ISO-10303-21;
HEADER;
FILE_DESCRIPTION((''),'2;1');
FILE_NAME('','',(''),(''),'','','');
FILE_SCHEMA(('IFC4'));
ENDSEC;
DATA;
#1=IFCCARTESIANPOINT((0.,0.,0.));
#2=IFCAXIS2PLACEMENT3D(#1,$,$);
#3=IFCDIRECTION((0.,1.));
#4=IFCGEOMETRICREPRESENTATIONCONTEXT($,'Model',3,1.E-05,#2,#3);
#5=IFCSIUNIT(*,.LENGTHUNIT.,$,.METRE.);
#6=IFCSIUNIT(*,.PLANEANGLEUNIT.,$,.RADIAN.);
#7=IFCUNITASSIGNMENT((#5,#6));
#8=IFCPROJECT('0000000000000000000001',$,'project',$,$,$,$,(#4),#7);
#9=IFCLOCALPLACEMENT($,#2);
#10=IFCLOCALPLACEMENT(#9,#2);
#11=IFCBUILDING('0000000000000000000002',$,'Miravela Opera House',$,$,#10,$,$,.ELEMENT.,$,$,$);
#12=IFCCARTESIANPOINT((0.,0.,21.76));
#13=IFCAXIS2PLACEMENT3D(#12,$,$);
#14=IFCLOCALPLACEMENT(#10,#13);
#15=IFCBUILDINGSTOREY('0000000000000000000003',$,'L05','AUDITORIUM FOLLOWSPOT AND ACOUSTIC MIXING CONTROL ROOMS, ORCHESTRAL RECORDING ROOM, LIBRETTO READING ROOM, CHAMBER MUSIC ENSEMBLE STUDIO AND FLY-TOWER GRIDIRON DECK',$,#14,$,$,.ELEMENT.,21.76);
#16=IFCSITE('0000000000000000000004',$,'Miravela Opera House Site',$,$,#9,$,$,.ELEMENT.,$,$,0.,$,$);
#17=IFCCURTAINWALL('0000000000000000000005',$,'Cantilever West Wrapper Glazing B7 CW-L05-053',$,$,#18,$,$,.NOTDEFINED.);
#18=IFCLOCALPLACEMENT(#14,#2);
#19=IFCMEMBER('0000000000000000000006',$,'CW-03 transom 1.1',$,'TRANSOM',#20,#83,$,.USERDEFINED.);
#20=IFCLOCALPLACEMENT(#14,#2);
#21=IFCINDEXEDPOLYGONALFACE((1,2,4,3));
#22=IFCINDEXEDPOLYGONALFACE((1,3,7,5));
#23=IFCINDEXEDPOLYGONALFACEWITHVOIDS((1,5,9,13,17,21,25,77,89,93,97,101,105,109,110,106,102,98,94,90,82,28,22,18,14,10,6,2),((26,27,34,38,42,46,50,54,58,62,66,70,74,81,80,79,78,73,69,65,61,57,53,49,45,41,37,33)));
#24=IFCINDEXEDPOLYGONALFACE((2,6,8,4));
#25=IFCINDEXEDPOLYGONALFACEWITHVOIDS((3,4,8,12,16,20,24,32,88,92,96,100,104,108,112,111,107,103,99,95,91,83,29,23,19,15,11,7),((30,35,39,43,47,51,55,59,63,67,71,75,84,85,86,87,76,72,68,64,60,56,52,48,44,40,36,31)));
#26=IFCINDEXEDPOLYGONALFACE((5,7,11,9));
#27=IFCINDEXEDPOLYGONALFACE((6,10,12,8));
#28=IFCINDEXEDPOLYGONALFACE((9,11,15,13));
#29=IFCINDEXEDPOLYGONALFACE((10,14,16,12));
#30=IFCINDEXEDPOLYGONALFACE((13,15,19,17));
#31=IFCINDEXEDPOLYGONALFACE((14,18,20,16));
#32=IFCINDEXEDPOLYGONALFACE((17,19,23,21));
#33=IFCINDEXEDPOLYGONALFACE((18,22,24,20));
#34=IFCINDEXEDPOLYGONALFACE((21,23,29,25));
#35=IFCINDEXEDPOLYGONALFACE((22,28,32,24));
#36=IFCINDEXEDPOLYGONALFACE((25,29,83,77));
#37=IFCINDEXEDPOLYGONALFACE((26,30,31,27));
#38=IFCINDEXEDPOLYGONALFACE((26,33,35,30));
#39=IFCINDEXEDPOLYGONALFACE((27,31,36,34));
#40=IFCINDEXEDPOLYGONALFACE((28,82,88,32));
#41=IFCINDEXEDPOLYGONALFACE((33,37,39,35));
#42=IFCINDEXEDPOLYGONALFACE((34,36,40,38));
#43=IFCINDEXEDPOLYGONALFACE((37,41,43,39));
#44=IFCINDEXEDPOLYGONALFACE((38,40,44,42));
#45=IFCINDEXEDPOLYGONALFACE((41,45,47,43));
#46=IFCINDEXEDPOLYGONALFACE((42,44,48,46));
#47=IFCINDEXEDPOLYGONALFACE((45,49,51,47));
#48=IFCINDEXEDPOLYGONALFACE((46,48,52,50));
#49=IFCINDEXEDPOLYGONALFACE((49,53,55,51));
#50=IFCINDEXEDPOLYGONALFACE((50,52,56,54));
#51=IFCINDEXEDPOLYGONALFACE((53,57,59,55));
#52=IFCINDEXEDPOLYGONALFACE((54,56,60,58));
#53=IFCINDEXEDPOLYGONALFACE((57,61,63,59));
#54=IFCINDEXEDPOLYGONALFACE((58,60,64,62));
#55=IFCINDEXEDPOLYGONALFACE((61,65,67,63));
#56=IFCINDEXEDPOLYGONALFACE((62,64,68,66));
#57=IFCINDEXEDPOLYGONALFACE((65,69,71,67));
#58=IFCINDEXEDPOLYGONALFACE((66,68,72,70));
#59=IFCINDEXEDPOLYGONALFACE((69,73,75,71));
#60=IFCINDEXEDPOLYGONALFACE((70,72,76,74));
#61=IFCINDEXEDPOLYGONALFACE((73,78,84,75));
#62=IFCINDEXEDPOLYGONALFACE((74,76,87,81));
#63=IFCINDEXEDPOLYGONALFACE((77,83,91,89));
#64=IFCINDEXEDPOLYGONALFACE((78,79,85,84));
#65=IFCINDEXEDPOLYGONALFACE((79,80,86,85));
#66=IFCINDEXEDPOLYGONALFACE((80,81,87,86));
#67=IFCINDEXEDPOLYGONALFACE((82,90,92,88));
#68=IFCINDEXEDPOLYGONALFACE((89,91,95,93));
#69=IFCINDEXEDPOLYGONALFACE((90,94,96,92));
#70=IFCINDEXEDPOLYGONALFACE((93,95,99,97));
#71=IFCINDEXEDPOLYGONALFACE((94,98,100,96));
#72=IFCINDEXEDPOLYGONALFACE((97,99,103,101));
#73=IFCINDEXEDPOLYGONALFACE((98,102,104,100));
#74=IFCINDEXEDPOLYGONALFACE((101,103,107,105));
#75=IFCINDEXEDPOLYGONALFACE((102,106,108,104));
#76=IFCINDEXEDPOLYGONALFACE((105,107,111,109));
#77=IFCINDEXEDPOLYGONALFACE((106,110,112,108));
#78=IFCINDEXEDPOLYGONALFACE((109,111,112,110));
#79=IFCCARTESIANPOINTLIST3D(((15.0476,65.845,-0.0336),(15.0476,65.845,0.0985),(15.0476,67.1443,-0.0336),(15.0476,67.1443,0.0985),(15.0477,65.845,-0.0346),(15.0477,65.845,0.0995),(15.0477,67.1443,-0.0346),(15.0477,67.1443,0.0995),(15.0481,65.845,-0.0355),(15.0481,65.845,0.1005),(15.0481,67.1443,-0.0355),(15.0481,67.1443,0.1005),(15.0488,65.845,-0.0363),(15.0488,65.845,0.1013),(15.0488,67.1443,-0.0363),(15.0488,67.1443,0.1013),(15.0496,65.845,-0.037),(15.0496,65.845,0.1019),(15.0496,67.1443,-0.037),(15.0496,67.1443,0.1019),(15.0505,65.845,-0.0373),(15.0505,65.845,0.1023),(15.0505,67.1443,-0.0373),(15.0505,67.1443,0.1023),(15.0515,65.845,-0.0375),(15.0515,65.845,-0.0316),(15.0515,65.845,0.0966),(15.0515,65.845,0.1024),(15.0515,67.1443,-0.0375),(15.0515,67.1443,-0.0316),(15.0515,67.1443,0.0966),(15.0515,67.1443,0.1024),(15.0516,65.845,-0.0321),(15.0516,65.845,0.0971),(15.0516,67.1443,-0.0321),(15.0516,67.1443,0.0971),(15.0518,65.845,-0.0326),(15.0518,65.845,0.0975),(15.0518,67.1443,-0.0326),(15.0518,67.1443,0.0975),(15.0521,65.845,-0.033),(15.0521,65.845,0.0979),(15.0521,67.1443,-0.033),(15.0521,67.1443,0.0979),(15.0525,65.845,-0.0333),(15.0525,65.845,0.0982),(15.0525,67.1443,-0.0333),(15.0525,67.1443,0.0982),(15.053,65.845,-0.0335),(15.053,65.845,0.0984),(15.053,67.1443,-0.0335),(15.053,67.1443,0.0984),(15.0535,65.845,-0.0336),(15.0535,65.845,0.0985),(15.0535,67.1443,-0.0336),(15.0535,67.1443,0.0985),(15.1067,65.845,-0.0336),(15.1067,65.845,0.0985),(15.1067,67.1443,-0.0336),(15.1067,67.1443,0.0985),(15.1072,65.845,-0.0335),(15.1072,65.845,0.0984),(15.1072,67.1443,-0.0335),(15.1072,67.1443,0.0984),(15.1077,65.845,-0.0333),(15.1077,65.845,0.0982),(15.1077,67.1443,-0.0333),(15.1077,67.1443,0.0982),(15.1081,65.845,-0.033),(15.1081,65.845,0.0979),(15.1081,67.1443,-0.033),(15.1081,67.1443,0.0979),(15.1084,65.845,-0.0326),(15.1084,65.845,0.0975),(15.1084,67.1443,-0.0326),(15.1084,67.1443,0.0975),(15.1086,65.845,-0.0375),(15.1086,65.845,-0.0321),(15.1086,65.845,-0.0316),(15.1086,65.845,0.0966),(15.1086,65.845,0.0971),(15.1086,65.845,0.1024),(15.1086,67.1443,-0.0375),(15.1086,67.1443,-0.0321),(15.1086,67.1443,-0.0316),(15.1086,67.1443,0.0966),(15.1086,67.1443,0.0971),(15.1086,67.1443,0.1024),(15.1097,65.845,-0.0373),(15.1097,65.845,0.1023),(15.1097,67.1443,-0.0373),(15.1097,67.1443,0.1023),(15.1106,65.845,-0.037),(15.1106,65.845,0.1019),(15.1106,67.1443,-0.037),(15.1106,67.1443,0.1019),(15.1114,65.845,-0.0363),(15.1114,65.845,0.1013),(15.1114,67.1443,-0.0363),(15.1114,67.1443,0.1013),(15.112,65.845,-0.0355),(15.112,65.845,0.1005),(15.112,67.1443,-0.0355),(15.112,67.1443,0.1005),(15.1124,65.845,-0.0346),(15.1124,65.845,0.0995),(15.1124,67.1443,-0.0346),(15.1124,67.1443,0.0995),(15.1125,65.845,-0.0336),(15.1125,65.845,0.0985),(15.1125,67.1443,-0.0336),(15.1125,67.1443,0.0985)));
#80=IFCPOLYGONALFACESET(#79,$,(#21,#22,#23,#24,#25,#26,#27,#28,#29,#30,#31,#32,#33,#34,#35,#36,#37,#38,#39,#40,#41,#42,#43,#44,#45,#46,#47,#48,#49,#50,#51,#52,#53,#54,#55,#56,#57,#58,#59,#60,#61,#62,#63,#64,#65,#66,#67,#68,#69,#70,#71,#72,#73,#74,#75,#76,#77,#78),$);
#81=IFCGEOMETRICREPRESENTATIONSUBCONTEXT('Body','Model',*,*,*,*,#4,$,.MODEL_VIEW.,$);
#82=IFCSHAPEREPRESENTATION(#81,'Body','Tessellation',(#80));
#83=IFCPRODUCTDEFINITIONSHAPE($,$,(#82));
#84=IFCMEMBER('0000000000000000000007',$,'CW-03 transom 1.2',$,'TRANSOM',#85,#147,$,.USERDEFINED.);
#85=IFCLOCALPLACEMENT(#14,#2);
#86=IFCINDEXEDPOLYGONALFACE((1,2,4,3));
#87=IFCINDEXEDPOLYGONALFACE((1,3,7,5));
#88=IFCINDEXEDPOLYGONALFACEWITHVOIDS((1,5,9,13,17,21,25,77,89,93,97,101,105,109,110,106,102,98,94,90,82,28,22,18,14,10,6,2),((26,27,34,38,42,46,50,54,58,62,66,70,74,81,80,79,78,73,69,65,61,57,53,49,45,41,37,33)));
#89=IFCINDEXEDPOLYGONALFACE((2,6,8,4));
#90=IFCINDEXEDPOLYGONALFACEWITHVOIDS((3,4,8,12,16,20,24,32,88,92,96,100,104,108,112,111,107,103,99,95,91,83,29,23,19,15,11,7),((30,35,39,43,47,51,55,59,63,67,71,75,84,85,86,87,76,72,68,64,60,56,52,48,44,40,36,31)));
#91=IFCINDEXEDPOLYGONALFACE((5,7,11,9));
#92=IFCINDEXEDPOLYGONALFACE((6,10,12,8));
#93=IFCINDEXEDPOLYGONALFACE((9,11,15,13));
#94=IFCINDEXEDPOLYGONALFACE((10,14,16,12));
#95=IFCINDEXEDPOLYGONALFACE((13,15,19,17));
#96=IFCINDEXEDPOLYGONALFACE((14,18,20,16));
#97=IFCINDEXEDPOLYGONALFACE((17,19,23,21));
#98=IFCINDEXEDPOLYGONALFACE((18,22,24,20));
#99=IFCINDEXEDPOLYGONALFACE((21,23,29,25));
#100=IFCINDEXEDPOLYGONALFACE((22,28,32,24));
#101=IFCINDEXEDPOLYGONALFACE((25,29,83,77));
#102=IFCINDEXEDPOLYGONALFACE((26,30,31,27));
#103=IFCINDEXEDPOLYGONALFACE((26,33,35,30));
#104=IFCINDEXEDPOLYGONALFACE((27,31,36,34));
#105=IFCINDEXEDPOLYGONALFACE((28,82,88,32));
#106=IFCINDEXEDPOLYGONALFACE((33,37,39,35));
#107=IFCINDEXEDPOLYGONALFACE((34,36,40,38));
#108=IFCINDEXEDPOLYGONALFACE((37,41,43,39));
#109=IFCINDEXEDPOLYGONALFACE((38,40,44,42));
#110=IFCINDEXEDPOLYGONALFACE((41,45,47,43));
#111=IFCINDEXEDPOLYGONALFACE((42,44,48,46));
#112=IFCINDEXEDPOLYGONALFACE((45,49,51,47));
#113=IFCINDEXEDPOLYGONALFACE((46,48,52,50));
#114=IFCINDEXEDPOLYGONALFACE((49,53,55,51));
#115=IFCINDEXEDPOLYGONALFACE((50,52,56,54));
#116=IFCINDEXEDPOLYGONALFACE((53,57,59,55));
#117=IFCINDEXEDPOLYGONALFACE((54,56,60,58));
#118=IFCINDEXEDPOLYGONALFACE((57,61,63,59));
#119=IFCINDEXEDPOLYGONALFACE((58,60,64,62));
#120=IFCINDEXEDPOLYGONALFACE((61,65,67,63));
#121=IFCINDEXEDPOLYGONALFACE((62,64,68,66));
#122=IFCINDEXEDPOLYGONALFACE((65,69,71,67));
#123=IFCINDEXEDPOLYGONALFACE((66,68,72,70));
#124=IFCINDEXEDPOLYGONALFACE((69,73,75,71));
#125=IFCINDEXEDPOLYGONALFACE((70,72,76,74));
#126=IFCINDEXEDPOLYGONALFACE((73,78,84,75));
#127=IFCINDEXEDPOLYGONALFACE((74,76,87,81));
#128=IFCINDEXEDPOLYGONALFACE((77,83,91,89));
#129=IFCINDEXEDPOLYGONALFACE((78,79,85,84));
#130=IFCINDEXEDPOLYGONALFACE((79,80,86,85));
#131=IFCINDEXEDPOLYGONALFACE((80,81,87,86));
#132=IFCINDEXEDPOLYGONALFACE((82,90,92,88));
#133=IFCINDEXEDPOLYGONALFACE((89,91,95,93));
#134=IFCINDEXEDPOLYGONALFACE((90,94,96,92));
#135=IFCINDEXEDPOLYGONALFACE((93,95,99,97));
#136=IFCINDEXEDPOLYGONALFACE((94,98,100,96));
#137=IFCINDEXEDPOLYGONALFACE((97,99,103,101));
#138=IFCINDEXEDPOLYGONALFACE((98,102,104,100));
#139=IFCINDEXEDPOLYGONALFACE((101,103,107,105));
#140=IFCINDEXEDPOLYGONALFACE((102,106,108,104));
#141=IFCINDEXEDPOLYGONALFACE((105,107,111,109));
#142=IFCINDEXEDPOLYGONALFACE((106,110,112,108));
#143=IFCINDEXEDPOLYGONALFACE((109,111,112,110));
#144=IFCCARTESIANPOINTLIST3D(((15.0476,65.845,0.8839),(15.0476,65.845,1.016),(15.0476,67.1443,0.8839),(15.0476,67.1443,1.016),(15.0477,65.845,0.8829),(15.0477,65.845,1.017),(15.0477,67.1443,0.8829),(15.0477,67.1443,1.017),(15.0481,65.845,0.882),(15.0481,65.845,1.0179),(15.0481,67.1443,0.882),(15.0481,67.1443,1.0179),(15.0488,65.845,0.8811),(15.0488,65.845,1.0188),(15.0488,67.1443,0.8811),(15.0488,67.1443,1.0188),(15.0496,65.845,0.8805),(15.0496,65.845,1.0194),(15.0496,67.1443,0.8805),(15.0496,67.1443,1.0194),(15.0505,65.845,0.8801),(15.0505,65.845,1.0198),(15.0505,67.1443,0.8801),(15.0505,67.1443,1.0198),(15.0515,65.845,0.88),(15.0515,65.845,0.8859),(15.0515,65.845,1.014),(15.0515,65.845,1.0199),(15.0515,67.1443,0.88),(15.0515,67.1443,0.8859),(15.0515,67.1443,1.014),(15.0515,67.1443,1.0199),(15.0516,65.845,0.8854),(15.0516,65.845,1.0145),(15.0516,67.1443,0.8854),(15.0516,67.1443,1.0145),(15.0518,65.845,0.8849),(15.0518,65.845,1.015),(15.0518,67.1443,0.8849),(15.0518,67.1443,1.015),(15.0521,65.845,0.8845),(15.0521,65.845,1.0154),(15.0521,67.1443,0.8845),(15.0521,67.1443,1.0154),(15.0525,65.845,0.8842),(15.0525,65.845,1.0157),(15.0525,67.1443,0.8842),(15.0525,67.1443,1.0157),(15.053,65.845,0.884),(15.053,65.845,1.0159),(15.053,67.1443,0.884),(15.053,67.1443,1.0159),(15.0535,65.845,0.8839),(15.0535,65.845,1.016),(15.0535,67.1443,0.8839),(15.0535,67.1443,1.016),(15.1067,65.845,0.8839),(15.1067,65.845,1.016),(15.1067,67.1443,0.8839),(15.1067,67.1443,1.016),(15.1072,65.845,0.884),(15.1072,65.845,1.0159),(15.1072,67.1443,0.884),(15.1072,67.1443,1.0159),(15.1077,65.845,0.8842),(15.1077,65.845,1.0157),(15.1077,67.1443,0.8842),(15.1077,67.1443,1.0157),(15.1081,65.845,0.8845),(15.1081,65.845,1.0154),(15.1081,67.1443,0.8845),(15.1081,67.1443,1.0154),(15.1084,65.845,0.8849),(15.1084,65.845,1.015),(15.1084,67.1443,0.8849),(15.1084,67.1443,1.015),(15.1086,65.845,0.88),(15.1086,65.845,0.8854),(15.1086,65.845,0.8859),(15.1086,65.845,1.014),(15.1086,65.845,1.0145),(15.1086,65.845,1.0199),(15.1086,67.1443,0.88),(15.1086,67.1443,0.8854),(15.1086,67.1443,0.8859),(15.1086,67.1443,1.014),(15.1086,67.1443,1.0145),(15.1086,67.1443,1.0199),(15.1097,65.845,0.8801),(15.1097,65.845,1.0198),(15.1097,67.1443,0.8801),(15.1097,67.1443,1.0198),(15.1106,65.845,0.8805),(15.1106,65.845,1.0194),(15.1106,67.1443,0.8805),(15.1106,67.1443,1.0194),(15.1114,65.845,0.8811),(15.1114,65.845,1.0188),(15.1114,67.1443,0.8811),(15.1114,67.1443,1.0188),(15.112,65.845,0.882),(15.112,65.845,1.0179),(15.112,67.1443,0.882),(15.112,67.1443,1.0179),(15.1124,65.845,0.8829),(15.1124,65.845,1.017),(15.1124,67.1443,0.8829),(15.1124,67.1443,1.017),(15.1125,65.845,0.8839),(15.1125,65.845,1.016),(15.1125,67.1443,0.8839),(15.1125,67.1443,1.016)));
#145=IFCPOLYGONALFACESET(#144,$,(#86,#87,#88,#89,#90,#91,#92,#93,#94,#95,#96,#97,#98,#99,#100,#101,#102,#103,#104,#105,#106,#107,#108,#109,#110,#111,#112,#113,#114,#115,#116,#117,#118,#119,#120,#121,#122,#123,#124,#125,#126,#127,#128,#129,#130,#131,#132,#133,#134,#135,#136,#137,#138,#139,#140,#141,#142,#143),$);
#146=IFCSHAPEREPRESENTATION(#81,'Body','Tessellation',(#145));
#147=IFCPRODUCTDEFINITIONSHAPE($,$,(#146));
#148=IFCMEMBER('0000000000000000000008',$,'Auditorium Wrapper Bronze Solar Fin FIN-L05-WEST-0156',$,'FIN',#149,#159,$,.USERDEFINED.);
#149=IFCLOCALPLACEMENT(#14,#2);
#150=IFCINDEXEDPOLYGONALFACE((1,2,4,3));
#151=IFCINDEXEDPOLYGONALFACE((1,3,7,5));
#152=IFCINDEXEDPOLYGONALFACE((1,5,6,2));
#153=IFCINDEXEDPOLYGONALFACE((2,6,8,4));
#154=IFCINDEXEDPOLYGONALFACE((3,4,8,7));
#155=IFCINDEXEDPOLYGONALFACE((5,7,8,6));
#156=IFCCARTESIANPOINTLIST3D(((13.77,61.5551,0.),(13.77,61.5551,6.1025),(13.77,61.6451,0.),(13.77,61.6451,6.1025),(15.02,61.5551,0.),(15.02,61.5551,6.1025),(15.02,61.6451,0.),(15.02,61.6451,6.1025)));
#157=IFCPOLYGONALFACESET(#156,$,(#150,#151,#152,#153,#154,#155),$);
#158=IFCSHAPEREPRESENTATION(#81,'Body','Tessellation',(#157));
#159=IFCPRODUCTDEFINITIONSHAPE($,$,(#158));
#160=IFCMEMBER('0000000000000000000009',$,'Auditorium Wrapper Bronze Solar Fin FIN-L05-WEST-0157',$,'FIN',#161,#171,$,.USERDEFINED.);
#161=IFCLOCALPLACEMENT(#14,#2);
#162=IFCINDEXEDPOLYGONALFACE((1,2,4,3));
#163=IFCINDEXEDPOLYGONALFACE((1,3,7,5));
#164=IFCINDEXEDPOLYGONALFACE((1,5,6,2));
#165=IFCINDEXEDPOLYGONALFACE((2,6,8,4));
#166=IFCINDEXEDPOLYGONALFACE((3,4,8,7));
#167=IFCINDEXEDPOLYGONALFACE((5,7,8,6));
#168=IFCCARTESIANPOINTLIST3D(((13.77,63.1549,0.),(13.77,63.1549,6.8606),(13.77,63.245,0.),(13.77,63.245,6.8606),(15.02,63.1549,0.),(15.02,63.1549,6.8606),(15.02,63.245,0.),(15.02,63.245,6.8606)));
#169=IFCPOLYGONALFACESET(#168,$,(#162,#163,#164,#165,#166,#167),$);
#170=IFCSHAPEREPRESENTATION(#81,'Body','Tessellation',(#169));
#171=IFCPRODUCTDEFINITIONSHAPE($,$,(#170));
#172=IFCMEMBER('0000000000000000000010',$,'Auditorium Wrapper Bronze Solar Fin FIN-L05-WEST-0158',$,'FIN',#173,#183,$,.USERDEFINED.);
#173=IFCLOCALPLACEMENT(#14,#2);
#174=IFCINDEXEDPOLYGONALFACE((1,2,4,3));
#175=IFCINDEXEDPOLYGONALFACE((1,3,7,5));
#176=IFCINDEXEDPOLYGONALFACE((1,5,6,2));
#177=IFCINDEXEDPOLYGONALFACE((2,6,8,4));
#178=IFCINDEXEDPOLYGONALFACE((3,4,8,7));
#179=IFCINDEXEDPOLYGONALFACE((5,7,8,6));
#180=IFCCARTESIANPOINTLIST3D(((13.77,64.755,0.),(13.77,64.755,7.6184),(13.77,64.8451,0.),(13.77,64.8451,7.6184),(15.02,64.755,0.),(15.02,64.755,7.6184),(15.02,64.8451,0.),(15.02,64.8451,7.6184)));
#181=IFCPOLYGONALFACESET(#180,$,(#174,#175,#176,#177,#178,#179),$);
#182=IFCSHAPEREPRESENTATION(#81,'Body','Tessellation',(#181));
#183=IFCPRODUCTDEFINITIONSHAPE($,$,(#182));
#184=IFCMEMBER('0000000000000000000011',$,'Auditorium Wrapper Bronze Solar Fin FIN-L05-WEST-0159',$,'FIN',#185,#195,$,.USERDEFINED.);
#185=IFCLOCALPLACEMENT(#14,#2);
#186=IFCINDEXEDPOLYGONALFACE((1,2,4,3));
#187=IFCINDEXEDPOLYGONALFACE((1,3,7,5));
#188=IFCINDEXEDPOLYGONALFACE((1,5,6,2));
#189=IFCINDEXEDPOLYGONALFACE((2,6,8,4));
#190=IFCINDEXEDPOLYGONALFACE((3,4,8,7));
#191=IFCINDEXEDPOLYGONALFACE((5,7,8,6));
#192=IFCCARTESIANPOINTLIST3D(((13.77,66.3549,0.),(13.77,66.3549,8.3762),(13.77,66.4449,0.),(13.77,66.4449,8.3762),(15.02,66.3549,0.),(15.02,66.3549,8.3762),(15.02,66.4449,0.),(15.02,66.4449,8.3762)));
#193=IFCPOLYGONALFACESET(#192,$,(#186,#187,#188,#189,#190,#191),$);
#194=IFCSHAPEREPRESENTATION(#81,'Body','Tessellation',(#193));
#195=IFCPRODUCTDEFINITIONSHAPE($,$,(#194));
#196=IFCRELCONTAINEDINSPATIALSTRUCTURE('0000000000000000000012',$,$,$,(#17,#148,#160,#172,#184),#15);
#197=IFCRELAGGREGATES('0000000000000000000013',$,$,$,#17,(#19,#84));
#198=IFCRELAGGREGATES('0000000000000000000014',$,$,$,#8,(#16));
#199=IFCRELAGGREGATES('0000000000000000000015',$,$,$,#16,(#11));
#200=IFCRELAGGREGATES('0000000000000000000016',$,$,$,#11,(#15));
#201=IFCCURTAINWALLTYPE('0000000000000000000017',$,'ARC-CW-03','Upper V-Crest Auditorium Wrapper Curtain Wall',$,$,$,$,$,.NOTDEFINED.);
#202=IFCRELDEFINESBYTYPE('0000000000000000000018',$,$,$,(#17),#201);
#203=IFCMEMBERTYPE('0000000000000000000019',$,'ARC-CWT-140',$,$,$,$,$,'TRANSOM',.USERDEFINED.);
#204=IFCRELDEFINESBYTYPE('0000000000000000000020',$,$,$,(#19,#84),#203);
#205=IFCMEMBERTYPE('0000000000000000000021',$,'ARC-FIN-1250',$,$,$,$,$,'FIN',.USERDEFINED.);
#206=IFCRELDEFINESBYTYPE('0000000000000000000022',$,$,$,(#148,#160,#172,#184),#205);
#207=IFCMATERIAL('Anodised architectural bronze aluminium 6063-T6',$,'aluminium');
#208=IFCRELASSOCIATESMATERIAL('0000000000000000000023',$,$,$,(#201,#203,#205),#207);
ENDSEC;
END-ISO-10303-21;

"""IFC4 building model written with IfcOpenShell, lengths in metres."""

from ifc_helpers import new_model, si_unit, direction, frame, origin, origin_2d, place, context, subcontext, project, spatial, rectangle, hollow_rectangle, extrude, material, material_profile, profile_set, type_object, element, aggregate, save


model = new_model("IFC4")

# Units and contexts
model_context = context("Model", 3, precision=1e-05, world=origin(), true_north=direction((0.0, 1.0)))
body_context = subcontext(model_context, "Body", "Model", "MODEL_VIEW")
ifc_project = project(units=[si_unit("LENGTHUNIT", "METRE"), si_unit("PLANEANGLEUNIT", "RADIAN")], contexts=[model_context])

# Site, building, storey
site_placement = place(None, origin())
site = spatial("IfcSite", under=ifc_project, at=site_placement, Name="Miravela Opera House Site", CompositionType="ELEMENT", RefElevation=0.0)
building_placement = place(site_placement, origin())
building = spatial("IfcBuilding", under=site, at=building_placement, Name="Miravela Opera House", CompositionType="ELEMENT")
storey_placement = place(building_placement, frame((0.0, 0.0, 21.76)))
storey = spatial("IfcBuildingStorey", under=building, at=storey_placement, Name="L05", Description="AUDITORIUM FOLLOWSPOT AND ACOUSTIC MIXING CONTROL ROOMS, ORCHESTRAL RECORDING ROOM, LIBRETTO READING ROOM, CHAMBER MUSIC ENSEMBLE STUDIO AND FLY-TOWER GRIDIRON DECK", CompositionType="ELEMENT", Elevation=21.76)

# Shared definitions
ifc_material_1 = material(Name="Anodised architectural bronze aluminium 6063-T6", Category="aluminium")
curtain_wall_type = type_object("IfcCurtainWallType", Name="ARC-CW-03", Description="Upper V-Crest Auditorium Wrapper Curtain Wall", PredefinedType="NOTDEFINED", material=ifc_material_1)

# Curtain wall
curtain_wall_1_placement = place(storey_placement, origin())
curtain_wall_1 = element("IfcCurtainWall", 1, at=curtain_wall_1_placement, inside=storey, type_object=curtain_wall_type, Name="Cantilever West Wrapper Glazing B7 CW-L05-053", PredefinedType="NOTDEFINED")

# Members
ifc_material_profile_1 = material_profile(ifc_material_1, hollow_rectangle(XDim=0.0649, YDim=0.1399, WallThickness=0.0039, InnerFilletRadius=0.002, OuterFilletRadius=0.0039, at=origin_2d()), Name="CWT-65X140")
ifc_profile_set_1 = profile_set([ifc_material_profile_1])
member_type_1 = type_object("IfcMemberType", Name="ARC-CWT-140", ElementType="TRANSOM", PredefinedType="USERDEFINED", material=ifc_profile_set_1)
member_1_placement = place(storey_placement, frame((15.0801, 65.845, 0.0325), z_axis=(0.0, 1.0, 0.0), x_axis=(-1.0, 0.0, 0.0)))
member_1 = element("IfcMember", 2, at=member_1_placement, type_object=member_type_1, Name="CW-03 transom 1.1", ObjectType="TRANSOM", PredefinedType="USERDEFINED", context=body_context, shape_type="SweptSolid", body=[
    extrude(hollow_rectangle(XDim=0.0649, YDim=0.1399, WallThickness=0.0039, InnerFilletRadius=0.002, OuterFilletRadius=0.0039, at=origin_2d()), origin(), (0.0, 0.0, 1.0), 1.2993),
])
member_2_placement = place(storey_placement, frame((15.0801, 65.845, 0.95), z_axis=(0.0, 1.0, 0.0), x_axis=(-1.0, 0.0, 0.0)))
member_2 = element("IfcMember", 3, at=member_2_placement, type_object=member_type_1, Name="CW-03 transom 1.2", ObjectType="TRANSOM", PredefinedType="USERDEFINED", context=body_context, shape_type="SweptSolid", body=[
    extrude(hollow_rectangle(XDim=0.0649, YDim=0.1399, WallThickness=0.0039, InnerFilletRadius=0.002, OuterFilletRadius=0.0039, at=origin_2d()), origin(), (0.0, 0.0, 1.0), 1.2993),
])
aggregate(curtain_wall_1, [member_1, member_2])

# Members
ifc_material_profile_2 = material_profile(ifc_material_1, rectangle(XDim=0.0901, YDim=1.25, at=origin_2d()), Name="FIN-1250X90")
ifc_profile_set_2 = profile_set([ifc_material_profile_2])
member_type_2 = type_object("IfcMemberType", Name="ARC-FIN-1250", ElementType="FIN", PredefinedType="USERDEFINED", material=ifc_profile_set_2)
member_3_placement = place(storey_placement, frame((14.395, 61.6001, 0.0), z_axis=(0.0, 0.0, 1.0), x_axis=(0.0, 1.0, 0.0)))
element("IfcMember", 4, at=member_3_placement, inside=storey, type_object=member_type_2, Name="Auditorium Wrapper Bronze Solar Fin FIN-L05-WEST-0156", ObjectType="FIN", PredefinedType="USERDEFINED", context=body_context, shape_type="SweptSolid", body=[
    extrude(rectangle(XDim=0.0901, YDim=1.25, at=origin_2d()), origin(), (0.0, 0.0, 1.0), 6.1025),
])
member_4_placement = place(storey_placement, frame((14.395, 63.2, 0.0), z_axis=(0.0, 0.0, 1.0), x_axis=(0.0, 1.0, 0.0)))
element("IfcMember", 5, at=member_4_placement, inside=storey, type_object=member_type_2, Name="Auditorium Wrapper Bronze Solar Fin FIN-L05-WEST-0157", ObjectType="FIN", PredefinedType="USERDEFINED", context=body_context, shape_type="SweptSolid", body=[
    extrude(rectangle(XDim=0.0901, YDim=1.25, at=origin_2d()), origin(), (0.0, 0.0, 1.0), 6.8606),
])
member_5_placement = place(storey_placement, frame((14.395, 64.8, 0.0), z_axis=(0.0, 0.0, 1.0), x_axis=(0.0, 1.0, 0.0)))
element("IfcMember", 6, at=member_5_placement, inside=storey, type_object=member_type_2, Name="Auditorium Wrapper Bronze Solar Fin FIN-L05-WEST-0158", ObjectType="FIN", PredefinedType="USERDEFINED", context=body_context, shape_type="SweptSolid", body=[
    extrude(rectangle(XDim=0.0901, YDim=1.25, at=origin_2d()), origin(), (0.0, 0.0, 1.0), 7.6184),
])
member_6_placement = place(storey_placement, frame((14.395, 66.3999, 0.0), z_axis=(0.0, 0.0, 1.0), x_axis=(0.0, 1.0, 0.0)))
element("IfcMember", 7, at=member_6_placement, inside=storey, type_object=member_type_2, Name="Auditorium Wrapper Bronze Solar Fin FIN-L05-WEST-0159", ObjectType="FIN", PredefinedType="USERDEFINED", context=body_context, shape_type="SweptSolid", body=[
    extrude(rectangle(XDim=0.0901, YDim=1.25, at=origin_2d()), origin(), (0.0, 0.0, 1.0), 8.3762),
])

save(model, "model.ifc")
